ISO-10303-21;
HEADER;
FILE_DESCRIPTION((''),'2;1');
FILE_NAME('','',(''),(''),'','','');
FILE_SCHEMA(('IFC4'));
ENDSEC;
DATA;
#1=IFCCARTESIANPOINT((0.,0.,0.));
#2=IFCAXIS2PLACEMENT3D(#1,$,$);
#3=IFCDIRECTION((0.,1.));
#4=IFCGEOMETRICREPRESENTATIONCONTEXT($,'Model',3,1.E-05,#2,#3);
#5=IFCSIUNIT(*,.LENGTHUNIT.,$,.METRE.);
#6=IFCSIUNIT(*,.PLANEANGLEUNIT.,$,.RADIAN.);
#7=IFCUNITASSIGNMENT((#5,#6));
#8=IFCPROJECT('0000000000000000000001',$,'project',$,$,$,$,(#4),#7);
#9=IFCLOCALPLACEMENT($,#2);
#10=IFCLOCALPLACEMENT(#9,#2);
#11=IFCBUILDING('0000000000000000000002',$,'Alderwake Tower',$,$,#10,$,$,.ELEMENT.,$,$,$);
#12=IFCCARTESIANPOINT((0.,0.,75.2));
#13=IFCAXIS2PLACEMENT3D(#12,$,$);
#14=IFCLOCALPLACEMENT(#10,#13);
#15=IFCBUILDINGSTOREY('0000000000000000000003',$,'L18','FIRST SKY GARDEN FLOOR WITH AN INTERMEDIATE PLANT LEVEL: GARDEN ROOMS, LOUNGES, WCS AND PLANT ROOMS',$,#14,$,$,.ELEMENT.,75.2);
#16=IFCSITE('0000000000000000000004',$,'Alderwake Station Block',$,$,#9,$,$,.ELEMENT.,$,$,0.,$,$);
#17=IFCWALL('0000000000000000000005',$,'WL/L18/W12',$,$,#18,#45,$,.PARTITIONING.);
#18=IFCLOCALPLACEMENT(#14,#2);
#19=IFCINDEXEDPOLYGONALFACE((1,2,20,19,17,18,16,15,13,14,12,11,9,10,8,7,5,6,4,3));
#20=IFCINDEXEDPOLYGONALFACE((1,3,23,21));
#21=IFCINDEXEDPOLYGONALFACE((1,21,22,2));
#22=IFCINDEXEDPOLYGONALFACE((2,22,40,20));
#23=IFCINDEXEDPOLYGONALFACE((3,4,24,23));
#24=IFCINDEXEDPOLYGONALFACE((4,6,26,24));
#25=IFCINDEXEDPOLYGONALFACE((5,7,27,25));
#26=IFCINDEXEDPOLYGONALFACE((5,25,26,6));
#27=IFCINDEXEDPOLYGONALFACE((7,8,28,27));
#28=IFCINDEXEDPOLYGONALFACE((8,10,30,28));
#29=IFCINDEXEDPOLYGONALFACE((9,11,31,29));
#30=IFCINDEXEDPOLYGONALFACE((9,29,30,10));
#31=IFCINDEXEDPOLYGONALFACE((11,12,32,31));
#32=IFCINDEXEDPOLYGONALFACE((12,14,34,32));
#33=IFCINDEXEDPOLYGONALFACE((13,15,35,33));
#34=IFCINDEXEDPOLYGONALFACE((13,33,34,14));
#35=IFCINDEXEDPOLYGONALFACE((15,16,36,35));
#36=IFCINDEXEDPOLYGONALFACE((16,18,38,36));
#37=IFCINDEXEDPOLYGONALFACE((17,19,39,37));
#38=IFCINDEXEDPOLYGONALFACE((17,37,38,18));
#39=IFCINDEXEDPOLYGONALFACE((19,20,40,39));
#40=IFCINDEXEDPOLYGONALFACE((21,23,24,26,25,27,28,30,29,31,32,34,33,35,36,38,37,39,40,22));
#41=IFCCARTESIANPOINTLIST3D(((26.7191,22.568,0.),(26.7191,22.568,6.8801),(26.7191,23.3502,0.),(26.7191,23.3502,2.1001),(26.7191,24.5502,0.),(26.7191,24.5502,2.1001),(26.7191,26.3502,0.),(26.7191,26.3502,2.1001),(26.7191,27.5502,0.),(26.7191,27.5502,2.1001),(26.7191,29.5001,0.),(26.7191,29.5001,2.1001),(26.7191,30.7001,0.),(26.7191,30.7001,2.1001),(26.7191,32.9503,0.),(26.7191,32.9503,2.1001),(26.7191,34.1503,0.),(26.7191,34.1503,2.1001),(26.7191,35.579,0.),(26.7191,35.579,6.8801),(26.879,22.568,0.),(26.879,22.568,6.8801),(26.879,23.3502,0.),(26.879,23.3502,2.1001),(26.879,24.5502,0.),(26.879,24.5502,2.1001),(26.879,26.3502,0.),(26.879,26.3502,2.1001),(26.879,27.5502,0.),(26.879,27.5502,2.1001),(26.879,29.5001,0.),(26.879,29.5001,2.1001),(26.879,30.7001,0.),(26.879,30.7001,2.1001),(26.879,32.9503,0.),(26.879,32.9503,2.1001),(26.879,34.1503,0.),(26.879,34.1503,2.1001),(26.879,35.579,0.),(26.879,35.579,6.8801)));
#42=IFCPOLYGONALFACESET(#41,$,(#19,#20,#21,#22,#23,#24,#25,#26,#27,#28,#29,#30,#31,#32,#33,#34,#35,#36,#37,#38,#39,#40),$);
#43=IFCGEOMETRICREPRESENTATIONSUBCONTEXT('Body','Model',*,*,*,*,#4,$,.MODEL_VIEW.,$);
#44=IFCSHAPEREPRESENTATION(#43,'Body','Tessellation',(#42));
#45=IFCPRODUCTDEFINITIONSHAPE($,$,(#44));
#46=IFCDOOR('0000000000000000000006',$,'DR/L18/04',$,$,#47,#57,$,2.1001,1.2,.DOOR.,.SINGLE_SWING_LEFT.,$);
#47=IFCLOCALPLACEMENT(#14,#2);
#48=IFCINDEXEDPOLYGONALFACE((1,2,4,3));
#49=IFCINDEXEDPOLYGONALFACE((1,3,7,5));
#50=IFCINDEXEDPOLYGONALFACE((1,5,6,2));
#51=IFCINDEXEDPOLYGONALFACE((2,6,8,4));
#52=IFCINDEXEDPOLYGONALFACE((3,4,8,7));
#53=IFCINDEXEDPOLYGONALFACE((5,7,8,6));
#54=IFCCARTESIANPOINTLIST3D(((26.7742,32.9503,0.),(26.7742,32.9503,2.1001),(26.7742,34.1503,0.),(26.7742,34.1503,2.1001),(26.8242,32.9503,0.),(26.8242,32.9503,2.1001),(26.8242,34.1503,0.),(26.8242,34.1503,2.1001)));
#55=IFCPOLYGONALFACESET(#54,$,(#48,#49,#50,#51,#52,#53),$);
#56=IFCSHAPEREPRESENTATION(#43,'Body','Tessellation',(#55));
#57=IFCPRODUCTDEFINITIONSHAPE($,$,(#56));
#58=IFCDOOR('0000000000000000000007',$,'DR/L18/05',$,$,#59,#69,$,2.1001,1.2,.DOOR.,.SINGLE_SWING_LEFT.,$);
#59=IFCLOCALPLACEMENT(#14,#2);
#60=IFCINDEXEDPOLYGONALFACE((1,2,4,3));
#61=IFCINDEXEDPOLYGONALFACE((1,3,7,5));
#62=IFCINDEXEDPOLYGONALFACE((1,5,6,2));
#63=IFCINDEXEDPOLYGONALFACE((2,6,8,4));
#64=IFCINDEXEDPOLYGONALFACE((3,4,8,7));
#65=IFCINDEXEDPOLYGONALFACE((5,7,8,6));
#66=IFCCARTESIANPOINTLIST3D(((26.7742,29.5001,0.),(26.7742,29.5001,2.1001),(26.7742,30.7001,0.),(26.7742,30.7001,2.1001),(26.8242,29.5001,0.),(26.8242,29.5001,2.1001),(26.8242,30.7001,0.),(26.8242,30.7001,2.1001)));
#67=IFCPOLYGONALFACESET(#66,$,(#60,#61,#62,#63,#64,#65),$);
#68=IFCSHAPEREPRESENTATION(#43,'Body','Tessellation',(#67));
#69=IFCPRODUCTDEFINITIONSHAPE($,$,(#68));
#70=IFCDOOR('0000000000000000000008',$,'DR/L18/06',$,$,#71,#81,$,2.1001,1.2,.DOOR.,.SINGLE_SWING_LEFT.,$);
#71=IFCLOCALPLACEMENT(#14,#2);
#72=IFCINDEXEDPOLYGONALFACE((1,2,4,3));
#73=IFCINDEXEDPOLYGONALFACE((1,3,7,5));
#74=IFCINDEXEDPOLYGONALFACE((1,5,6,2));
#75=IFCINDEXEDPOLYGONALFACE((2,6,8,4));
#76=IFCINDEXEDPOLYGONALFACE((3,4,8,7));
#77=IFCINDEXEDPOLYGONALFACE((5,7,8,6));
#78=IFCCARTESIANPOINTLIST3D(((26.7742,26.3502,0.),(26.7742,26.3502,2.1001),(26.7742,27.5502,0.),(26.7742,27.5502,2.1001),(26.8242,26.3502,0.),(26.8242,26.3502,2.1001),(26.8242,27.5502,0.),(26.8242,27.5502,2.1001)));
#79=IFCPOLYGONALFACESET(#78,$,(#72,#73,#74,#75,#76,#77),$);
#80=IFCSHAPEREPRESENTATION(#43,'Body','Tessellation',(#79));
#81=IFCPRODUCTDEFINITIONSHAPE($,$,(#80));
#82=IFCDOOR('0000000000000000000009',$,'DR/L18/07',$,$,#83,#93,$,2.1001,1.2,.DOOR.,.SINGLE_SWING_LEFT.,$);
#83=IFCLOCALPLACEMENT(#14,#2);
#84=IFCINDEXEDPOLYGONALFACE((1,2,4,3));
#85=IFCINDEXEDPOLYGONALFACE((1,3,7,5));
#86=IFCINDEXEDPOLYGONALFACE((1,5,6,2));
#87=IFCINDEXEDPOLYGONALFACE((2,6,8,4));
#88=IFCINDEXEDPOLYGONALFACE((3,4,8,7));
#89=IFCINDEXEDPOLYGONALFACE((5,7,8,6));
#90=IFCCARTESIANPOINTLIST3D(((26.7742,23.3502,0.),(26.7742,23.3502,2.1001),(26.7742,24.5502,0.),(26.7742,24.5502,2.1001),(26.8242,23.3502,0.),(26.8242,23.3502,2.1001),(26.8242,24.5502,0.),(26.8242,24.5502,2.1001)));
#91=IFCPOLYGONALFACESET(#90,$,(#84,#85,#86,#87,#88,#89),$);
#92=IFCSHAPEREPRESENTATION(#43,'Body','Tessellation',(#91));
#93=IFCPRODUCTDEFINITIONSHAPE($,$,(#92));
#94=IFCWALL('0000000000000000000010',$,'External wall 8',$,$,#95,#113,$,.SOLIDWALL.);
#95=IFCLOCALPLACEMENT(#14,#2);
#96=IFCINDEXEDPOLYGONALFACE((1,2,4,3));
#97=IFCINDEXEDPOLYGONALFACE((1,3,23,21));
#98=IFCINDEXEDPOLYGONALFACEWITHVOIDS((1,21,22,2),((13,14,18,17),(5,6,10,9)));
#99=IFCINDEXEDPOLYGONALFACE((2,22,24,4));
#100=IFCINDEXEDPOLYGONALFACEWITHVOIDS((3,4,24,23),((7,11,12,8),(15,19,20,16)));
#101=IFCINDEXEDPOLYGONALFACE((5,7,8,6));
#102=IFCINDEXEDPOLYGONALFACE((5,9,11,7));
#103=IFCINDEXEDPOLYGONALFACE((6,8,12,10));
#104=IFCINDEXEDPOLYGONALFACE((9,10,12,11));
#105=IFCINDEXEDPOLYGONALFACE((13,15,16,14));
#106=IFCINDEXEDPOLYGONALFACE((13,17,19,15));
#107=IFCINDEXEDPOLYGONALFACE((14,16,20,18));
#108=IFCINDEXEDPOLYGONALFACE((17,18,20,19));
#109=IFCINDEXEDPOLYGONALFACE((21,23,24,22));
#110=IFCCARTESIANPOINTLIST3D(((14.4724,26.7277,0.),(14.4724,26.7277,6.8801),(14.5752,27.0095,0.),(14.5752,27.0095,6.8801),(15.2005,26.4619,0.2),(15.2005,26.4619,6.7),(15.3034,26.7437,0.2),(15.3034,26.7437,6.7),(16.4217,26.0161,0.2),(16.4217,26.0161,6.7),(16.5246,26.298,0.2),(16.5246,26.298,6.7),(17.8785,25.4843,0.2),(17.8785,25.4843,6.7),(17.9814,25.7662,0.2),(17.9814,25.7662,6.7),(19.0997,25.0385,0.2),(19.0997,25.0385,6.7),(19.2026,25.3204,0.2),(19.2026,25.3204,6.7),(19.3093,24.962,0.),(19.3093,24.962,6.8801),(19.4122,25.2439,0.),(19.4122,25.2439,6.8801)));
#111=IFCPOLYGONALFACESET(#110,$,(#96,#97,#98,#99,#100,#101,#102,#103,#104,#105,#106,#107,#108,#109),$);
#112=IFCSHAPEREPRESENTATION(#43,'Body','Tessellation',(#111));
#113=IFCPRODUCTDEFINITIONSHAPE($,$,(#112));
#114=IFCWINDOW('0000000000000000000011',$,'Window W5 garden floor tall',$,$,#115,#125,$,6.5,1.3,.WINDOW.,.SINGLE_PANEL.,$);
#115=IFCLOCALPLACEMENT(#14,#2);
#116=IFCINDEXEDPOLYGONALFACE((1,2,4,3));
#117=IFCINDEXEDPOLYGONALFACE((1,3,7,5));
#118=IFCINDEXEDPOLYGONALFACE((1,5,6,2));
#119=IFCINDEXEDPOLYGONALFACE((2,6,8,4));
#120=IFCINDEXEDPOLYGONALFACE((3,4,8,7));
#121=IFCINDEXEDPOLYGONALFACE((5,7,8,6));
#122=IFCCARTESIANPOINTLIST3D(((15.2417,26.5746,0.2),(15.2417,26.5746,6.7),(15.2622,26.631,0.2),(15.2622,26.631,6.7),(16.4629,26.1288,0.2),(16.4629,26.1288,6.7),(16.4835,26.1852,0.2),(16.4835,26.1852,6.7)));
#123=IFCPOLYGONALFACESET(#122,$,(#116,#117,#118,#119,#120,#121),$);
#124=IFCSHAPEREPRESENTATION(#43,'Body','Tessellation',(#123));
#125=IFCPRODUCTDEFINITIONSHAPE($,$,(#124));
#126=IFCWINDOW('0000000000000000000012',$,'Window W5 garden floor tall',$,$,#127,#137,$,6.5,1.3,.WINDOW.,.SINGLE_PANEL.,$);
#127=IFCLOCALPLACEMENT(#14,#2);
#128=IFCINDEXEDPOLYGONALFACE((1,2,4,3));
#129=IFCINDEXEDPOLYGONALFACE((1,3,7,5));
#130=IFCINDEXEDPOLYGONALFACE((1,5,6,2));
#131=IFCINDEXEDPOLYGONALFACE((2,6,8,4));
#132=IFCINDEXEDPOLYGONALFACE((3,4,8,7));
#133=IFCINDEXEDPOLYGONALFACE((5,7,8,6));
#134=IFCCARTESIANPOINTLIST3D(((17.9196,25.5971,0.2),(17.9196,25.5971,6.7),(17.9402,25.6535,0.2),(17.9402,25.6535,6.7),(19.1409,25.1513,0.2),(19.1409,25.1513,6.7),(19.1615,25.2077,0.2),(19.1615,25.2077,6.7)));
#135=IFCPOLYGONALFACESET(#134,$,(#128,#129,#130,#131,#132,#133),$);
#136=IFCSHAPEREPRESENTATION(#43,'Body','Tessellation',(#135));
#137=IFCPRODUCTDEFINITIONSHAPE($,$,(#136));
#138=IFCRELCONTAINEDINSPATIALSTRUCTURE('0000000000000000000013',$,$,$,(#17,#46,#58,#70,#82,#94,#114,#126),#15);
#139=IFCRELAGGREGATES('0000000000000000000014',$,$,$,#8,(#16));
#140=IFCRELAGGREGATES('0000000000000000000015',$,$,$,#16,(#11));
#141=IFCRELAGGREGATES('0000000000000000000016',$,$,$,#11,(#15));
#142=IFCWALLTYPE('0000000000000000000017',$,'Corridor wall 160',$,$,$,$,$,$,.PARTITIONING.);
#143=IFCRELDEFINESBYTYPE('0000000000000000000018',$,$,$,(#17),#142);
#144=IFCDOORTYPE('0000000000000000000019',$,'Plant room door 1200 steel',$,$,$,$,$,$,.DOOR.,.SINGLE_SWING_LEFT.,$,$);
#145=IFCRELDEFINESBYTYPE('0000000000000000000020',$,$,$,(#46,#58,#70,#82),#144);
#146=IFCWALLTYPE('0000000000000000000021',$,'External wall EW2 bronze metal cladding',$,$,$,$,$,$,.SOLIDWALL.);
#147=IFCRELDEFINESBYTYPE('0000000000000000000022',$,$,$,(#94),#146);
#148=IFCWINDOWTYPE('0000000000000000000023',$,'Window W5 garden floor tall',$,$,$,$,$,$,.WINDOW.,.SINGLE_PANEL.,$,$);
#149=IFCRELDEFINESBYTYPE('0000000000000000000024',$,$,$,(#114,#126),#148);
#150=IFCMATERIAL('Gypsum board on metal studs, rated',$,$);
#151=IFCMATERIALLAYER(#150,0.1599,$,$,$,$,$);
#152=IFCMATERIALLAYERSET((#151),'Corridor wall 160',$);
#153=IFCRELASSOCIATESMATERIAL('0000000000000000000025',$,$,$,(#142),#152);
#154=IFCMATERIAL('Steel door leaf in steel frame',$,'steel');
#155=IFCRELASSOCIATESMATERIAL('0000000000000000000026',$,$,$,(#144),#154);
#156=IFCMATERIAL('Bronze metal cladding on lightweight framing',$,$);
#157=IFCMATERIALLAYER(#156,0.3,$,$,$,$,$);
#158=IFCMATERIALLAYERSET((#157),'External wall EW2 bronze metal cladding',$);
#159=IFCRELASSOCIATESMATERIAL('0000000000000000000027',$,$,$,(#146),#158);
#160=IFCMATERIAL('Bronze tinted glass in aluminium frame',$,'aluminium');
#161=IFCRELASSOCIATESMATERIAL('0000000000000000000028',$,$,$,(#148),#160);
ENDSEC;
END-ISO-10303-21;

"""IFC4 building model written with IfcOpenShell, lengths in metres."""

from ifc_helpers import new_model, si_unit, direction, frame, frame_2d, origin, place, context, subcontext, project, spatial, rectangle, extrude, material, layer, layer_set, type_object, element, fill, save


model = new_model("IFC4")

# Units and contexts
model_context = context("Model", 3, precision=1e-05, world=origin(), true_north=direction((0.0, 1.0)))
body_context = subcontext(model_context, "Body", "Model", "MODEL_VIEW")
ifc_project = project(units=[si_unit("LENGTHUNIT", "METRE"), si_unit("PLANEANGLEUNIT", "RADIAN")], contexts=[model_context])

# Site, building, storey
site_placement = place(None, origin())
site = spatial("IfcSite", under=ifc_project, at=site_placement, Name="Alderwake Station Block", CompositionType="ELEMENT", RefElevation=0.0)
building_placement = place(site_placement, origin())
building = spatial("IfcBuilding", under=site, at=building_placement, Name="Alderwake Tower", CompositionType="ELEMENT")
storey_placement = place(building_placement, frame((0.0, 0.0, 75.2)))
storey = spatial("IfcBuildingStorey", under=building, at=storey_placement, Name="L18", Description="FIRST SKY GARDEN FLOOR WITH AN INTERMEDIATE PLANT LEVEL: GARDEN ROOMS, LOUNGES, WCS AND PLANT ROOMS", CompositionType="ELEMENT", Elevation=75.2)

# Wall, openings, doors
ifc_material_1 = material(Name="Gypsum board on metal studs, rated")
ifc_layer_1 = layer(ifc_material_1, 0.1599)
ifc_layer_set_1 = layer_set([ifc_layer_1], Name="Corridor wall 160")
wall_type_1 = type_object("IfcWallType", Name="Corridor wall 160", PredefinedType="PARTITIONING", material=ifc_layer_set_1)
wall_1_placement = place(storey_placement, frame((26.7991, 22.5681, 0.0), z_axis=(0.0, 0.0, 1.0), x_axis=(0.0, 1.0, 0.0)))
wall_1 = element("IfcWall", 1, at=wall_1_placement, inside=storey, type_object=wall_type_1, Name="WL/L18/W12", PredefinedType="PARTITIONING", context=body_context, shape_type="SweptSolid", body=[
    extrude(rectangle(XDim=13.011, YDim=0.1599, at=frame_2d((6.5054, 0.0))), origin(), (0.0, 0.0, 1.0), 6.8801),
])
opening_1_placement = place(wall_1_placement, frame((10.3821, 0.0, 0.0)))
opening_1 = element("IfcOpeningElement", 2, at=opening_1_placement, cuts=wall_1, PredefinedType="OPENING", context=body_context, shape_type="SweptSolid", body=[
    extrude(rectangle(XDim=1.2, YDim=2.1001, at=frame_2d((0.6001, 1.05))), frame((0.0, 0.0898, 0.0), z_axis=(0.0, -1.0, 0.0), x_axis=(1.0, 0.0, 0.0)), (0.0, 0.0, 1.0), 0.1799),
])
opening_2_placement = place(wall_1_placement, frame((6.9319, 0.0, 0.0)))
opening_2 = element("IfcOpeningElement", 3, at=opening_2_placement, cuts=wall_1, PredefinedType="OPENING", context=body_context, shape_type="SweptSolid", body=[
    extrude(rectangle(XDim=1.2, YDim=2.1001, at=frame_2d((0.6001, 1.05))), frame((0.0, 0.0898, 0.0), z_axis=(0.0, -1.0, 0.0), x_axis=(1.0, 0.0, 0.0)), (0.0, 0.0, 1.0), 0.1799),
])
opening_3_placement = place(wall_1_placement, frame((3.782, 0.0, 0.0)))
opening_3 = element("IfcOpeningElement", 4, at=opening_3_placement, cuts=wall_1, PredefinedType="OPENING", context=body_context, shape_type="SweptSolid", body=[
    extrude(rectangle(XDim=1.2, YDim=2.1001, at=frame_2d((0.6001, 1.05))), frame((0.0, 0.0898, 0.0), z_axis=(0.0, -1.0, 0.0), x_axis=(1.0, 0.0, 0.0)), (0.0, 0.0, 1.0), 0.1799),
])
opening_4_placement = place(wall_1_placement, frame((0.782, 0.0, 0.0)))
opening_4 = element("IfcOpeningElement", 5, at=opening_4_placement, cuts=wall_1, PredefinedType="OPENING", context=body_context, shape_type="SweptSolid", body=[
    extrude(rectangle(XDim=1.2, YDim=2.1001, at=frame_2d((0.6001, 1.05))), frame((0.0, 0.0898, 0.0), z_axis=(0.0, -1.0, 0.0), x_axis=(1.0, 0.0, 0.0)), (0.0, 0.0, 1.0), 0.1799),
])
ifc_material_2 = material(Name="Steel door leaf in steel frame", Category="steel")
door_type = type_object("IfcDoorType", Name="Plant room door 1200 steel", OperationType="SINGLE_SWING_LEFT", PredefinedType="DOOR", material=ifc_material_2)
door_1_placement = place(opening_1_placement, origin())
door_1 = element("IfcDoor", 6, at=door_1_placement, inside=storey, type_object=door_type, Name="DR/L18/04", OperationType="SINGLE_SWING_LEFT", OverallHeight=2.1001, OverallWidth=1.2, PredefinedType="DOOR", context=body_context, shape_type="SweptSolid", body=[
    extrude(rectangle(XDim=1.2, YDim=2.1001, at=frame_2d((0.6001, 1.05))), frame((0.0, 0.0249, 0.0), z_axis=(0.0, -1.0, 0.0), x_axis=(1.0, 0.0, 0.0)), (0.0, 0.0, 1.0), 0.05),
])
fill(opening_1, door_1)
door_2_placement = place(opening_2_placement, origin())
door_2 = element("IfcDoor", 7, at=door_2_placement, inside=storey, type_object=door_type, Name="DR/L18/05", OperationType="SINGLE_SWING_LEFT", OverallHeight=2.1001, OverallWidth=1.2, PredefinedType="DOOR", context=body_context, shape_type="SweptSolid", body=[
    extrude(rectangle(XDim=1.2, YDim=2.1001, at=frame_2d((0.6001, 1.05))), frame((0.0, 0.0249, 0.0), z_axis=(0.0, -1.0, 0.0), x_axis=(1.0, 0.0, 0.0)), (0.0, 0.0, 1.0), 0.05),
])
fill(opening_2, door_2)
door_3_placement = place(opening_3_placement, origin())
door_3 = element("IfcDoor", 8, at=door_3_placement, inside=storey, type_object=door_type, Name="DR/L18/06", OperationType="SINGLE_SWING_LEFT", OverallHeight=2.1001, OverallWidth=1.2, PredefinedType="DOOR", context=body_context, shape_type="SweptSolid", body=[
    extrude(rectangle(XDim=1.2, YDim=2.1001, at=frame_2d((0.6001, 1.05))), frame((0.0, 0.0249, 0.0), z_axis=(0.0, -1.0, 0.0), x_axis=(1.0, 0.0, 0.0)), (0.0, 0.0, 1.0), 0.05),
])
fill(opening_3, door_3)
door_4_placement = place(opening_4_placement, origin())
door_4 = element("IfcDoor", 9, at=door_4_placement, inside=storey, type_object=door_type, Name="DR/L18/07", OperationType="SINGLE_SWING_LEFT", OverallHeight=2.1001, OverallWidth=1.2, PredefinedType="DOOR", context=body_context, shape_type="SweptSolid", body=[
    extrude(rectangle(XDim=1.2, YDim=2.1001, at=frame_2d((0.6001, 1.05))), frame((0.0, 0.0249, 0.0), z_axis=(0.0, -1.0, 0.0), x_axis=(1.0, 0.0, 0.0)), (0.0, 0.0, 1.0), 0.05),
])
fill(opening_4, door_4)

# Wall, openings, windows
ifc_material_3 = material(Name="Bronze metal cladding on lightweight framing")
ifc_layer_2 = layer(ifc_material_3, 0.3)
ifc_layer_set_2 = layer_set([ifc_layer_2], Name="External wall EW2 bronze metal cladding")
wall_type_2 = type_object("IfcWallType", Name="External wall EW2 bronze metal cladding", PredefinedType="SOLIDWALL", material=ifc_layer_set_2)
wall_2_placement = place(storey_placement, frame((14.5237, 26.8687, 0.0), z_axis=(0.0, 0.0, 1.0), x_axis=(0.939372, -0.3429, 0.0)))
wall_2 = element("IfcWall", 10, at=wall_2_placement, inside=storey, type_object=wall_type_2, Name="External wall 8", PredefinedType="SOLIDWALL", context=body_context, shape_type="SweptSolid", body=[
    extrude(rectangle(XDim=5.1492, YDim=0.3, at=frame_2d((2.5747, 0.0))), origin(), (0.0, 0.0, 1.0), 6.8801),
])
opening_5_placement = place(wall_2_placement, frame((0.7754, 0.0, 0.2)))
opening_5 = element("IfcOpeningElement", 11, at=opening_5_placement, cuts=wall_2, PredefinedType="OPENING", context=body_context, shape_type="SweptSolid", body=[
    extrude(rectangle(XDim=1.3, YDim=6.5, at=frame_2d((0.6499, 3.25))), frame((0.0, 0.1599, 0.0), z_axis=(0.0, -1.0, 0.0), x_axis=(1.0, 0.0, 0.0)), (0.0, 0.0, 1.0), 0.3201),
])
opening_6_placement = place(wall_2_placement, frame((3.6262, 0.0, 0.2)))
opening_6 = element("IfcOpeningElement", 12, at=opening_6_placement, cuts=wall_2, PredefinedType="OPENING", context=body_context, shape_type="SweptSolid", body=[
    extrude(rectangle(XDim=1.3, YDim=6.5, at=frame_2d((0.6499, 3.25))), frame((0.0, 0.1599, 0.0), z_axis=(0.0, -1.0, 0.0), x_axis=(1.0, 0.0, 0.0)), (0.0, 0.0, 1.0), 0.3201),
])
ifc_material_4 = material(Name="Bronze tinted glass in aluminium frame", Category="aluminium")
window_type = type_object("IfcWindowType", Name="Window W5 garden floor tall", PartitioningType="SINGLE_PANEL", PredefinedType="WINDOW", material=ifc_material_4)
window_1_placement = place(opening_5_placement, origin())
window_1 = element("IfcWindow", 13, at=window_1_placement, inside=storey, type_object=window_type, Name="Window W5 garden floor tall", OverallHeight=6.5, OverallWidth=1.3, PartitioningType="SINGLE_PANEL", PredefinedType="WINDOW", context=body_context, shape_type="SweptSolid", body=[
    extrude(rectangle(XDim=1.3, YDim=6.5, at=frame_2d((0.6499, 3.25))), frame((0.0, 0.03, 0.0), z_axis=(0.0, -1.0, 0.0), x_axis=(1.0, 0.0, 0.0)), (0.0, 0.0, 1.0), 0.0601),
])
fill(opening_5, window_1)
window_2_placement = place(opening_6_placement, origin())
window_2 = element("IfcWindow", 14, at=window_2_placement, inside=storey, type_object=window_type, Name="Window W5 garden floor tall", OverallHeight=6.5, OverallWidth=1.3, PartitioningType="SINGLE_PANEL", PredefinedType="WINDOW", context=body_context, shape_type="SweptSolid", body=[
    extrude(rectangle(XDim=1.3, YDim=6.5, at=frame_2d((0.6499, 3.25))), frame((0.0, 0.03, 0.0), z_axis=(0.0, -1.0, 0.0), x_axis=(1.0, 0.0, 0.0)), (0.0, 0.0, 1.0), 0.0601),
])
fill(opening_6, window_2)

save(model, "model.ifc")
